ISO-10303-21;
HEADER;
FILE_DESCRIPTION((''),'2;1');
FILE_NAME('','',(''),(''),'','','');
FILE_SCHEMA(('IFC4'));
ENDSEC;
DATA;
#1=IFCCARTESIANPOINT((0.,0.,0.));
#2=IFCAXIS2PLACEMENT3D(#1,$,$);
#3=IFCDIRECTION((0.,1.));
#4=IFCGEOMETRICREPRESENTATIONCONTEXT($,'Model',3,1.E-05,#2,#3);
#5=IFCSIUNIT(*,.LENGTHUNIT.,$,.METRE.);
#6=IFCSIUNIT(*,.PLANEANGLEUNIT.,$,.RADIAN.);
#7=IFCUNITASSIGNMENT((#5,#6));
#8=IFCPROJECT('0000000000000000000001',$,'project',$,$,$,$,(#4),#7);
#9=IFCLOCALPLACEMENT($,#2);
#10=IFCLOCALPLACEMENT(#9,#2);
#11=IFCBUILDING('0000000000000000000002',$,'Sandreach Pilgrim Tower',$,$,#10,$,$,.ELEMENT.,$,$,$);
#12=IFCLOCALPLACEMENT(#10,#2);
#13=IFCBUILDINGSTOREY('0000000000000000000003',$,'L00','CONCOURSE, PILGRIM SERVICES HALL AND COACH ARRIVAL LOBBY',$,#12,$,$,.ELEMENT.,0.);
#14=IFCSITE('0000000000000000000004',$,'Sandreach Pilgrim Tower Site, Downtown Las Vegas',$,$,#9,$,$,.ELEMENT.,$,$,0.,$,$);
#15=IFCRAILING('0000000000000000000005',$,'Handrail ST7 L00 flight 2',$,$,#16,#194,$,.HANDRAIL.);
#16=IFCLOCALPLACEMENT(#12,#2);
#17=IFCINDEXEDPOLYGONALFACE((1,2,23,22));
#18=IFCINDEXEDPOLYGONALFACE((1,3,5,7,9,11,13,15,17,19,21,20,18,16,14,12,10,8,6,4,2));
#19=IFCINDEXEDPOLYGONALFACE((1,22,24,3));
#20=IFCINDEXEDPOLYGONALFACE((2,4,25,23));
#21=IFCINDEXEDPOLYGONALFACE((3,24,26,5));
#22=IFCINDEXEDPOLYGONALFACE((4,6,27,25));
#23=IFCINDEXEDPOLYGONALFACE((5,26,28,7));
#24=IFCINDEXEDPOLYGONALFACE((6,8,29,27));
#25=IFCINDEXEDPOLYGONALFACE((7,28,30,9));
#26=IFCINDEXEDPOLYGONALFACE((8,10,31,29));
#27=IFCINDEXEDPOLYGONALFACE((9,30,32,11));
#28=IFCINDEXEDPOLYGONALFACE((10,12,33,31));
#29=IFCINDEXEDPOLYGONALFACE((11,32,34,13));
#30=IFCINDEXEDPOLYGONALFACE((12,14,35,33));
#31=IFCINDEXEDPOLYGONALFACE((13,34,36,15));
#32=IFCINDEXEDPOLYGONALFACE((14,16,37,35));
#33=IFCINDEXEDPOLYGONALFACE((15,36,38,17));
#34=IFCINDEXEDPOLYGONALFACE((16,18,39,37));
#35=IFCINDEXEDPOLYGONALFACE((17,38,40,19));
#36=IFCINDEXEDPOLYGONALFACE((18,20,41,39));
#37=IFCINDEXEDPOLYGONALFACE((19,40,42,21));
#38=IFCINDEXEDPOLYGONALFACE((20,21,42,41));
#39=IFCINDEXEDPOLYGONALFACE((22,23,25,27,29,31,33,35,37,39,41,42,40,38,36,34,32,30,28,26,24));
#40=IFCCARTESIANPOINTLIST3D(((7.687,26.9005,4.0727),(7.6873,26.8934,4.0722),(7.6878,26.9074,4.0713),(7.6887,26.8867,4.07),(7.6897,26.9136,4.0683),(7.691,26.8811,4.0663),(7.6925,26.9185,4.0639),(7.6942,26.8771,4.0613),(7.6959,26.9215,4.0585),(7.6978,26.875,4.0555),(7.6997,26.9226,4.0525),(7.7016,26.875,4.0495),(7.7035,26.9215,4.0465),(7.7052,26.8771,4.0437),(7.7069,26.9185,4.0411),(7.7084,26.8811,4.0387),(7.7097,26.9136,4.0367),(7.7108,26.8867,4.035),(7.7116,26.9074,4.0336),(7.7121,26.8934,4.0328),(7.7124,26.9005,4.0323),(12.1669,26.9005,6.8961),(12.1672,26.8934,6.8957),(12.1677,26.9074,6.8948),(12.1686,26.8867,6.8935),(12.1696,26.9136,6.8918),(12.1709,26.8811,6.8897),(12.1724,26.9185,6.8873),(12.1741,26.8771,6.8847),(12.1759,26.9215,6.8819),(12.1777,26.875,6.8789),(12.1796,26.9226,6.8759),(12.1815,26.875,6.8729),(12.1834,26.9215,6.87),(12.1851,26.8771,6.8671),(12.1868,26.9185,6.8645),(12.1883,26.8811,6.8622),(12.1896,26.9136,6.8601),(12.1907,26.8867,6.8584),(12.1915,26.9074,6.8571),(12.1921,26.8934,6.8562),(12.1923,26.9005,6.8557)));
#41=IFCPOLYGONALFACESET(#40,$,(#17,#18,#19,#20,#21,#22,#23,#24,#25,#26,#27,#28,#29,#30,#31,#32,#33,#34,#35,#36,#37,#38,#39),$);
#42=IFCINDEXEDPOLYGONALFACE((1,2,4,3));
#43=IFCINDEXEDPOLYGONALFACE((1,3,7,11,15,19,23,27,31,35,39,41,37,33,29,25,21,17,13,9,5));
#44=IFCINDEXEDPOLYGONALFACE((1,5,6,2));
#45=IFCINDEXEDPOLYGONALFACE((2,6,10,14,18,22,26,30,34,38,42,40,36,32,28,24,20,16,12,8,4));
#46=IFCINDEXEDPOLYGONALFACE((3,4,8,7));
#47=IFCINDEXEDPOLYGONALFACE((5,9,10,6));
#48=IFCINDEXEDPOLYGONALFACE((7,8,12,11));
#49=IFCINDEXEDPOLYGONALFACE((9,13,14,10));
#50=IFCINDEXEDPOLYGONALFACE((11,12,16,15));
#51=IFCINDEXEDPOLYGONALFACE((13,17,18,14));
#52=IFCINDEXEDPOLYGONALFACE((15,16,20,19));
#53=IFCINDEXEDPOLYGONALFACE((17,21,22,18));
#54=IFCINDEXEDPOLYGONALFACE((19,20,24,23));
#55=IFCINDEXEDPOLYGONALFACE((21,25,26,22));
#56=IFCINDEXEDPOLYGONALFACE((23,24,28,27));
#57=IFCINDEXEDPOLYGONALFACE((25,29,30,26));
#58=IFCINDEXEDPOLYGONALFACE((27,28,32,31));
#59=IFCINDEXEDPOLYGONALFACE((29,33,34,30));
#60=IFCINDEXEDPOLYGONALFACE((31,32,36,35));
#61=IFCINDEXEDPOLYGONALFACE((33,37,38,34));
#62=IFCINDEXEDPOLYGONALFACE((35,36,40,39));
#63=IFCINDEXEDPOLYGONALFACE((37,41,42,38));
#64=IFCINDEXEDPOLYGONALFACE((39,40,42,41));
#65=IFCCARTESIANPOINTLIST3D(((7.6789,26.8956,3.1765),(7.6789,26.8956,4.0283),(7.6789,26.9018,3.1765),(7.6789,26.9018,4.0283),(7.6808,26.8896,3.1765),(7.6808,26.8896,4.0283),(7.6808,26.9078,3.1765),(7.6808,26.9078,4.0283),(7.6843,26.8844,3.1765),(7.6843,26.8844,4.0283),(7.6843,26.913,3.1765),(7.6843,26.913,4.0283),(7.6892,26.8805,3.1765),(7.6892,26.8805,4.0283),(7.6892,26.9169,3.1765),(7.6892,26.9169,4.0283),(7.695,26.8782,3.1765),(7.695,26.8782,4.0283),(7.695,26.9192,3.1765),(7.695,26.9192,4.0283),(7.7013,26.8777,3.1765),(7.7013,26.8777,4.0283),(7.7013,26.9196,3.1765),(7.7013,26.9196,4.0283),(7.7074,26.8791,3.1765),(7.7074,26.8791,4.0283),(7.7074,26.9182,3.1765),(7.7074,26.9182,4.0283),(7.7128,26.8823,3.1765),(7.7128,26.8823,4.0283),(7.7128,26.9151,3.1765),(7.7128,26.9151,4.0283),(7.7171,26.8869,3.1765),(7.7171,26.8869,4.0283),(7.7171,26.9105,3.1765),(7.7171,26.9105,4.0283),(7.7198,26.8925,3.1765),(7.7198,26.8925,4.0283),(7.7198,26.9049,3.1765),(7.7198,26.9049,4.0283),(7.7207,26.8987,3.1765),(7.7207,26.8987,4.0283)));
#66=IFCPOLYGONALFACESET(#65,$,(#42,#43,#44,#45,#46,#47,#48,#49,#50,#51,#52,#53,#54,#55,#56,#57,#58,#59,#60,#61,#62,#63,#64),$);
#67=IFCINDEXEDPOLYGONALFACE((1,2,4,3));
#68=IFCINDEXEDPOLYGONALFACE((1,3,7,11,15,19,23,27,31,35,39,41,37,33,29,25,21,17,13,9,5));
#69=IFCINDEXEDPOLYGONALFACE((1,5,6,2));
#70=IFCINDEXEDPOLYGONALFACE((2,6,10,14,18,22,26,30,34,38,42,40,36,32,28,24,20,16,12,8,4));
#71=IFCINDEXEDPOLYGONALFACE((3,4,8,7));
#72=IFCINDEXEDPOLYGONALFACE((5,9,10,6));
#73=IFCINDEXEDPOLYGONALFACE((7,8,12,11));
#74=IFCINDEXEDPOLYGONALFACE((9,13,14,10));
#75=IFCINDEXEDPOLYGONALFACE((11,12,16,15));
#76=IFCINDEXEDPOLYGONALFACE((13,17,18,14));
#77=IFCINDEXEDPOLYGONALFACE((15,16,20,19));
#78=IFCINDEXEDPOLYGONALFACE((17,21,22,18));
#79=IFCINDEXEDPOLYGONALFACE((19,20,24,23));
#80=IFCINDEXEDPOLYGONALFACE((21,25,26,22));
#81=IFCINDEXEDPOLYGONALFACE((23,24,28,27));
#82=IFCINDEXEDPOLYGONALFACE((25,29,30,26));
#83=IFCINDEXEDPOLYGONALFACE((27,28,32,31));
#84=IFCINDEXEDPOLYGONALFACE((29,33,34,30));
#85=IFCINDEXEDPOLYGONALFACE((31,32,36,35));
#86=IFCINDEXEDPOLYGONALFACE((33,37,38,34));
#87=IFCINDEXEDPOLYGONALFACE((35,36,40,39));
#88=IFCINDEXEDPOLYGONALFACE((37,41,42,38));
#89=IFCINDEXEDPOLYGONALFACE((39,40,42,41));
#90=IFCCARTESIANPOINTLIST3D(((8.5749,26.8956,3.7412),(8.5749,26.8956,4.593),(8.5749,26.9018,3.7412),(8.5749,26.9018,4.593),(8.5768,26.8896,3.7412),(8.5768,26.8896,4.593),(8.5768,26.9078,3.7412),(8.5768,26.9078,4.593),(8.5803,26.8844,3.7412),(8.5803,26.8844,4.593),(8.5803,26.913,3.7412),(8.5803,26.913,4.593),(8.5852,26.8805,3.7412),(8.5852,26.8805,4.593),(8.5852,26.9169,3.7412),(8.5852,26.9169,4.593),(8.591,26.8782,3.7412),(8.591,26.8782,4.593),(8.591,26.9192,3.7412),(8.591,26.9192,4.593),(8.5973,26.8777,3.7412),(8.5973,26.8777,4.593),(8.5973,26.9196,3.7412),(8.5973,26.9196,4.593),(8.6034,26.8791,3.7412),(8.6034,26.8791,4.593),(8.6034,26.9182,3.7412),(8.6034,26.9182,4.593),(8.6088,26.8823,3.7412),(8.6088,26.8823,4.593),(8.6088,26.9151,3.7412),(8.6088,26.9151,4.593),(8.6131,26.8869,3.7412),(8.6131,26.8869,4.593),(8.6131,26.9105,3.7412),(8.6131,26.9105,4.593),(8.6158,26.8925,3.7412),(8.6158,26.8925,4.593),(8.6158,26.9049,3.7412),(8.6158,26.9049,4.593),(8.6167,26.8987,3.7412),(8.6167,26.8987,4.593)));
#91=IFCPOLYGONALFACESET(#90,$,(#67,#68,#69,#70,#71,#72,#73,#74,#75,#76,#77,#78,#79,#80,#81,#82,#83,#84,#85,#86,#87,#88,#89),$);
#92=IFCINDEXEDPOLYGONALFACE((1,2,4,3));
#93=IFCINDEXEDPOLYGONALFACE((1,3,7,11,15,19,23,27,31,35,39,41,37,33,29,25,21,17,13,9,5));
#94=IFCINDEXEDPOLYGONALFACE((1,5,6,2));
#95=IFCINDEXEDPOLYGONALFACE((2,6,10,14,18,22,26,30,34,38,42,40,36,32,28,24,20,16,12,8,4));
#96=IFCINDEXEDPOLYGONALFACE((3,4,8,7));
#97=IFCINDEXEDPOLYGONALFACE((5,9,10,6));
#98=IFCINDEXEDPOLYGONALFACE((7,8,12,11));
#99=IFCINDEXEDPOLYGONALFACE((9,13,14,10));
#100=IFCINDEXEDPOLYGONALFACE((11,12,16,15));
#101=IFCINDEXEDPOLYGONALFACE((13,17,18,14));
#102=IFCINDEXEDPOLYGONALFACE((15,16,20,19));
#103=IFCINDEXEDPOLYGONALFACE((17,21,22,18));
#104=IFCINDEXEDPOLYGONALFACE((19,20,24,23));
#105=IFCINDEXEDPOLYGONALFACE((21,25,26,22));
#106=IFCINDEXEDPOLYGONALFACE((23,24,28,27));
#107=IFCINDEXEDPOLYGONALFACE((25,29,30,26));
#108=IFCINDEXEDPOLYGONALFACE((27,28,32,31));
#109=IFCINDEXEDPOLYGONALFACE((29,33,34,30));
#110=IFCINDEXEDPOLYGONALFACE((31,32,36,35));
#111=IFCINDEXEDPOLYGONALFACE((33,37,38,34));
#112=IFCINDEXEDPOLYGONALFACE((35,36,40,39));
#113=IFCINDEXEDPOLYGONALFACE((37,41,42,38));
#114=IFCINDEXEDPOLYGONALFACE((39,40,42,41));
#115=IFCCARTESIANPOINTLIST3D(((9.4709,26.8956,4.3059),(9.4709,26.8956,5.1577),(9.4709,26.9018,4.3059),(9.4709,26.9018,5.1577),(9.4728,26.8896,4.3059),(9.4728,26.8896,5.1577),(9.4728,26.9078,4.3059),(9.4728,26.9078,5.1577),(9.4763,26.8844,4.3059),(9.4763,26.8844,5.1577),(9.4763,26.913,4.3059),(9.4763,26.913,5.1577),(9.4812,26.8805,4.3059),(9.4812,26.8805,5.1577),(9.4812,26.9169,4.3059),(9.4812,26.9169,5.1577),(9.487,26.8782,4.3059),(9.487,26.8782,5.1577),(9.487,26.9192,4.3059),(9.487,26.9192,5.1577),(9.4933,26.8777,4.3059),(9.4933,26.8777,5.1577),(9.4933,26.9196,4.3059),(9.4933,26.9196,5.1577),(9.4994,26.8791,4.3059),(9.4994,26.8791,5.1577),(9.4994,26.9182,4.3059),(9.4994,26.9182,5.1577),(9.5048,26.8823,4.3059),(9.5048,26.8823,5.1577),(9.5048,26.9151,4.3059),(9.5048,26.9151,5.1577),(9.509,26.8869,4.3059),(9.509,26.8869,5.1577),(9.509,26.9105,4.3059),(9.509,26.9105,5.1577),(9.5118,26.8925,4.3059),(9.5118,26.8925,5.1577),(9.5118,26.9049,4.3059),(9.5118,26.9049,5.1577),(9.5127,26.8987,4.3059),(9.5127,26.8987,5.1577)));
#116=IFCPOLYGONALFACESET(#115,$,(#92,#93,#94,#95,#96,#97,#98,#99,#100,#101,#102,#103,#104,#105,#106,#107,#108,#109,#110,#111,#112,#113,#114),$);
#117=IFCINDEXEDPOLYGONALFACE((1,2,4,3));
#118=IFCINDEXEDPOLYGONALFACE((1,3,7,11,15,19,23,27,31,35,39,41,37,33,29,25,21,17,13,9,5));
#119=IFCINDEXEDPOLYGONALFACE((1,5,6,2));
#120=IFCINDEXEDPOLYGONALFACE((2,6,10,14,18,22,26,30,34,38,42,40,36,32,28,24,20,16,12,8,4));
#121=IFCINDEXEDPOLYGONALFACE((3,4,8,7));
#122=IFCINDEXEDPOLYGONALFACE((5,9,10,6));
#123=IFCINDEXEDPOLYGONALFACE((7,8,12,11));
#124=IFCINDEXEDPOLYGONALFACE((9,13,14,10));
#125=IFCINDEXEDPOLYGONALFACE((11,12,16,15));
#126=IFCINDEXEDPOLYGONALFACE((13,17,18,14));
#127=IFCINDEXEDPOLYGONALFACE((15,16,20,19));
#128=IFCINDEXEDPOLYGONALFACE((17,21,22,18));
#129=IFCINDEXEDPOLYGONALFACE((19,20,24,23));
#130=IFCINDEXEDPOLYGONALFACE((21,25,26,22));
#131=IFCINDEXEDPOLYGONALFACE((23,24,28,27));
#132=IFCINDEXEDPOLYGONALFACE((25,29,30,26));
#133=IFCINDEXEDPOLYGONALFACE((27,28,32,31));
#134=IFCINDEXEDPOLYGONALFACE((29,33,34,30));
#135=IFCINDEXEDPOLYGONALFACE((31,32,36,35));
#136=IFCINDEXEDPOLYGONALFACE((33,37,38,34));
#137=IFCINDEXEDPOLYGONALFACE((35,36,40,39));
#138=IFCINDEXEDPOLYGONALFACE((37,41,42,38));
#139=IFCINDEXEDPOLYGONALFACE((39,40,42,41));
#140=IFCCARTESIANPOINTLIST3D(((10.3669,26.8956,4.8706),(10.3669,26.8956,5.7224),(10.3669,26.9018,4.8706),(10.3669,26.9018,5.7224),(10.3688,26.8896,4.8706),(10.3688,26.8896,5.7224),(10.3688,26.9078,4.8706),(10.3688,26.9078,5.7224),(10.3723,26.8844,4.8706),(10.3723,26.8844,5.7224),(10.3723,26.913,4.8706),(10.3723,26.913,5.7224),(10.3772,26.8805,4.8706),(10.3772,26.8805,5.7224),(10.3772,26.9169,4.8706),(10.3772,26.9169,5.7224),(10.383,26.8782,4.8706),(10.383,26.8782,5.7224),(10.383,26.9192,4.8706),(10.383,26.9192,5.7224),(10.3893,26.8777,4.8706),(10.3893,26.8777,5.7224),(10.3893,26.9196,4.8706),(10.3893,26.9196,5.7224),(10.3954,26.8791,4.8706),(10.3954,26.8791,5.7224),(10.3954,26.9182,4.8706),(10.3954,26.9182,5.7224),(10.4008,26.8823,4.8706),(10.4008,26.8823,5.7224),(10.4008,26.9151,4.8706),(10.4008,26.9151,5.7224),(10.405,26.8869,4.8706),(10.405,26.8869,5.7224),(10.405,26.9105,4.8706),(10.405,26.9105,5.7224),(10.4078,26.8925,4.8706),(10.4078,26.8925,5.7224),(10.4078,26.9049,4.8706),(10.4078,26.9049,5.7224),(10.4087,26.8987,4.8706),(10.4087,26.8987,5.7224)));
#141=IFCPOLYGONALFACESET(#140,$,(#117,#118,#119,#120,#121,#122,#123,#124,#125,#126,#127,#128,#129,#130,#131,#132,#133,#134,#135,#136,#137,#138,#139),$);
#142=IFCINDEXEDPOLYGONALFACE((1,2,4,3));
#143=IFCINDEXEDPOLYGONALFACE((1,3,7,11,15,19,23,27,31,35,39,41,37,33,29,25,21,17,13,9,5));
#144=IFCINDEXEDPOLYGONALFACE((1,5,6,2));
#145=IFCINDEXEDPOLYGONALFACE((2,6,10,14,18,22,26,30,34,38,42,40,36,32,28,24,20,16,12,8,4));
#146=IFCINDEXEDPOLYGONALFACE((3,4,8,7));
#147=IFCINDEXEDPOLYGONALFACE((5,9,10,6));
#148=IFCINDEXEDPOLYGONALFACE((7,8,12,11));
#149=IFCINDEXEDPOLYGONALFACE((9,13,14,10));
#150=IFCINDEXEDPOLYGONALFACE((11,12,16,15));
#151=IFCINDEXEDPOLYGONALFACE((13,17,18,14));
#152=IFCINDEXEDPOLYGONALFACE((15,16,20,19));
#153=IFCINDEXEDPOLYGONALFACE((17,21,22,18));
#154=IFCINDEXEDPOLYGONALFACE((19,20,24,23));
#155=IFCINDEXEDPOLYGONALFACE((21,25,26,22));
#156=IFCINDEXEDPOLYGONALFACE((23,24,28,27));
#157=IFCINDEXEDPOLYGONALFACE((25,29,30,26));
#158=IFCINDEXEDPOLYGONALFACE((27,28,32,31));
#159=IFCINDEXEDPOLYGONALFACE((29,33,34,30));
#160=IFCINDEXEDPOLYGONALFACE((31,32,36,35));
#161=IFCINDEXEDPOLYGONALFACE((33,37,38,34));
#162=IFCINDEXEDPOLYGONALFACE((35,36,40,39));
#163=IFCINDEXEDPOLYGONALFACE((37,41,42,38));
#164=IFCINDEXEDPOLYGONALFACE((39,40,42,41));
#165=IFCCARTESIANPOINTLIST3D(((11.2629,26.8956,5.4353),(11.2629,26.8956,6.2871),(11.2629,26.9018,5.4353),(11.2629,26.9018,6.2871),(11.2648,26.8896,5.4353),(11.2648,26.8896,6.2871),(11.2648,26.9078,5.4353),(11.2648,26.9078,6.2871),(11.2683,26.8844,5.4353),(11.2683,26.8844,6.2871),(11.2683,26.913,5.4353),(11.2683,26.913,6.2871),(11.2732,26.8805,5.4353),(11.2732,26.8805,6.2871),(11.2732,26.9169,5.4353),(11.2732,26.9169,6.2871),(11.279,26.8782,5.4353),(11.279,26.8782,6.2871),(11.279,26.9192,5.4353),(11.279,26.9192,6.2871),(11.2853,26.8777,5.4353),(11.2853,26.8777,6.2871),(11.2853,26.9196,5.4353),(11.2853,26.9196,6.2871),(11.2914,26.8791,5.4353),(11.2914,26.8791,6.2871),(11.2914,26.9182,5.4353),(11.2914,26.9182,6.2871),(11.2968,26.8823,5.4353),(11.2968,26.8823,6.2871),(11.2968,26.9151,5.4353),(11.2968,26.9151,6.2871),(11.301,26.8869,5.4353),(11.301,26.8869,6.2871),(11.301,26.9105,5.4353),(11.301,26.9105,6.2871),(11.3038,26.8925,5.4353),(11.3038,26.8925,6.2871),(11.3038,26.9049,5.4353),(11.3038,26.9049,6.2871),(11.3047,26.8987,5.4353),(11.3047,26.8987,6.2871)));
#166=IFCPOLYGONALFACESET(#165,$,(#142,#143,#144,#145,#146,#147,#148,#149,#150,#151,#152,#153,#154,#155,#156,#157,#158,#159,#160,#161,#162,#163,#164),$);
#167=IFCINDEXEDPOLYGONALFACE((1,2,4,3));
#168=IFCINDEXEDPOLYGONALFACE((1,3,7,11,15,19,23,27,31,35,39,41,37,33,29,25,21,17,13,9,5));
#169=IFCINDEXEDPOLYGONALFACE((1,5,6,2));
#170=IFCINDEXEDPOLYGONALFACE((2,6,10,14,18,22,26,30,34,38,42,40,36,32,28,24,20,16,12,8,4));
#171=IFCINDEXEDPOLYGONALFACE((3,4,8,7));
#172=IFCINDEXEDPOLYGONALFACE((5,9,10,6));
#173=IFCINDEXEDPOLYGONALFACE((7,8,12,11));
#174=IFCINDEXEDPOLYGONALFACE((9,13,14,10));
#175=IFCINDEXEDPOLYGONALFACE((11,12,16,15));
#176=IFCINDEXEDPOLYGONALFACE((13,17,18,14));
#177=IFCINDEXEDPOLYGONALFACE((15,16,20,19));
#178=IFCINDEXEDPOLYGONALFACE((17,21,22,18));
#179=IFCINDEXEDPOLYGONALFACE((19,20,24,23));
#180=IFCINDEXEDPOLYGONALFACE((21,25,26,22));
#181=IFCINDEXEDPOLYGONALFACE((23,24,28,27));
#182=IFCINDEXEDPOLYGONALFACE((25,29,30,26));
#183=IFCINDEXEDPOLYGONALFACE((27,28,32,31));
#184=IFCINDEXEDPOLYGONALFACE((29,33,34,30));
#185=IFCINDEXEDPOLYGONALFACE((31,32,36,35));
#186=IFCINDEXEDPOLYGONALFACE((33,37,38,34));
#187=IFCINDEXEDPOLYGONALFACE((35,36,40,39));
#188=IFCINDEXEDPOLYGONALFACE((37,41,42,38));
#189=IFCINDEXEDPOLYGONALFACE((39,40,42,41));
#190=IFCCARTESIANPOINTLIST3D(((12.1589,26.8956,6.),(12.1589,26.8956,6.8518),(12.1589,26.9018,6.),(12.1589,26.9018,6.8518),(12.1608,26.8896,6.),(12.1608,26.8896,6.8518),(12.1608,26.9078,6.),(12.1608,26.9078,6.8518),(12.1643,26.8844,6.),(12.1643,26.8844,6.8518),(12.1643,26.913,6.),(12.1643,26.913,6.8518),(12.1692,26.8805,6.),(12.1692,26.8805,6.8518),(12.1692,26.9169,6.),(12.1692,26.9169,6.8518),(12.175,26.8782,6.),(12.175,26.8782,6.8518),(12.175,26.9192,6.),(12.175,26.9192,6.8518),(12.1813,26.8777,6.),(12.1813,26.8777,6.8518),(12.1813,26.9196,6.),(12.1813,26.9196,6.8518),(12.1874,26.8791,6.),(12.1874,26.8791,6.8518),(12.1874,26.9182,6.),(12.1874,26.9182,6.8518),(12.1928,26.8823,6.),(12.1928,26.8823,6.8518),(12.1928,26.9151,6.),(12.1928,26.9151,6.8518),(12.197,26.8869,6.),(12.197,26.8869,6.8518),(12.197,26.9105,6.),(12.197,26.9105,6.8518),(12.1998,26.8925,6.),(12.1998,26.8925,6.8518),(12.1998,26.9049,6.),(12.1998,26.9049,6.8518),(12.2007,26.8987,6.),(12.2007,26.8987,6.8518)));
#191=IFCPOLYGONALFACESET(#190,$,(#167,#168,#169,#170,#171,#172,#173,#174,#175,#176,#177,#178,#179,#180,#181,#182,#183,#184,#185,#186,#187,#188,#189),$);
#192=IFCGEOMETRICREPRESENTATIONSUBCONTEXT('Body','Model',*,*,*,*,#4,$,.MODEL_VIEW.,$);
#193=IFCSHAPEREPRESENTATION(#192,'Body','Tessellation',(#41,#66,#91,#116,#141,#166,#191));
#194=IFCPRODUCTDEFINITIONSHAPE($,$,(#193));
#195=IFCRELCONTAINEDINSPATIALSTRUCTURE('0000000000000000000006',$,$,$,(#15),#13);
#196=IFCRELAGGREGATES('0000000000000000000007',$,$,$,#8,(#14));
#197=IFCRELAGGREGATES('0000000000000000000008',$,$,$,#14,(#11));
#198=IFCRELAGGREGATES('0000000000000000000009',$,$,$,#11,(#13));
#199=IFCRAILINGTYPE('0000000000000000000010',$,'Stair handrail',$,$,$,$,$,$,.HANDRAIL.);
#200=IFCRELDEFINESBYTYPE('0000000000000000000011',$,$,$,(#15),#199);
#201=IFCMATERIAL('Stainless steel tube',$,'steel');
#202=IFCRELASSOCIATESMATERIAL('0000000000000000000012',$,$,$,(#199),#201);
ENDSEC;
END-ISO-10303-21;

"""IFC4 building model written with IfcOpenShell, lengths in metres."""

from ifc_helpers import new_model, si_unit, direction, frame, origin, origin_2d, place, context, subcontext, project, spatial, circle, extrude, material, type_object, element, save


model = new_model("IFC4")

# Units and contexts
model_context = context("Model", 3, precision=1e-05, world=origin(), true_north=direction((0.0, 1.0)))
body_context = subcontext(model_context, "Body", "Model", "MODEL_VIEW")
ifc_project = project(units=[si_unit("LENGTHUNIT", "METRE"), si_unit("PLANEANGLEUNIT", "RADIAN")], contexts=[model_context])

# Site, building, storey
site_placement = place(None, origin())
site = spatial("IfcSite", under=ifc_project, at=site_placement, Name="Sandreach Pilgrim Tower Site, Downtown Las Vegas", CompositionType="ELEMENT", RefElevation=0.0)
building_placement = place(site_placement, origin())
building = spatial("IfcBuilding", under=site, at=building_placement, Name="Sandreach Pilgrim Tower", CompositionType="ELEMENT")
storey_placement = place(building_placement, origin())
storey = spatial("IfcBuildingStorey", under=building, at=storey_placement, Name="L00", Description="CONCOURSE, PILGRIM SERVICES HALL AND COACH ARRIVAL LOBBY", CompositionType="ELEMENT", Elevation=0.0)

# Railing
ifc_material_1 = material(Name="Stainless steel tube", Category="steel")
railing_type = type_object("IfcRailingType", Name="Stair handrail", PredefinedType="HANDRAIL", material=ifc_material_1)
for number, where, name in (
    (1, (7.6997, 26.8987, 3.1765), "Handrail ST7 L00 flight 2"),
):
    element("IfcRailing", number, at=place(storey_placement, frame(where)), inside=storey, type_object=railing_type, Name=name, PredefinedType="HANDRAIL", context=body_context, shape_type="SweptSolid", body=[
        extrude(circle(Radius=0.0239, at=origin_2d()), frame((0.0, 0.0, 0.876), z_axis=(0.845998, 0.0, 0.533186), x_axis=(0.0, 1.0, 0.0)), (0.0, 0.0, 1.0), 5.2954),
        extrude(circle(Radius=0.021, at=origin_2d()), origin(), (0.0, 0.0, 1.0), 0.8518),
        extrude(circle(Radius=0.021, at=origin_2d()), frame((0.896, 0.0, 0.5647)), (0.0, 0.0, 1.0), 0.8518),
        extrude(circle(Radius=0.021, at=origin_2d()), frame((1.792, 0.0, 1.1294)), (0.0, 0.0, 1.0), 0.8518),
        extrude(circle(Radius=0.021, at=origin_2d()), frame((2.688, 0.0, 1.6941)), (0.0, 0.0, 1.0), 0.8518),
        extrude(circle(Radius=0.021, at=origin_2d()), frame((3.584, 0.0, 2.2588)), (0.0, 0.0, 1.0), 0.8518),
        extrude(circle(Radius=0.021, at=origin_2d()), frame((4.48, 0.0, 2.8235)), (0.0, 0.0, 1.0), 0.8518),
    ])

save(model, "model.ifc")
